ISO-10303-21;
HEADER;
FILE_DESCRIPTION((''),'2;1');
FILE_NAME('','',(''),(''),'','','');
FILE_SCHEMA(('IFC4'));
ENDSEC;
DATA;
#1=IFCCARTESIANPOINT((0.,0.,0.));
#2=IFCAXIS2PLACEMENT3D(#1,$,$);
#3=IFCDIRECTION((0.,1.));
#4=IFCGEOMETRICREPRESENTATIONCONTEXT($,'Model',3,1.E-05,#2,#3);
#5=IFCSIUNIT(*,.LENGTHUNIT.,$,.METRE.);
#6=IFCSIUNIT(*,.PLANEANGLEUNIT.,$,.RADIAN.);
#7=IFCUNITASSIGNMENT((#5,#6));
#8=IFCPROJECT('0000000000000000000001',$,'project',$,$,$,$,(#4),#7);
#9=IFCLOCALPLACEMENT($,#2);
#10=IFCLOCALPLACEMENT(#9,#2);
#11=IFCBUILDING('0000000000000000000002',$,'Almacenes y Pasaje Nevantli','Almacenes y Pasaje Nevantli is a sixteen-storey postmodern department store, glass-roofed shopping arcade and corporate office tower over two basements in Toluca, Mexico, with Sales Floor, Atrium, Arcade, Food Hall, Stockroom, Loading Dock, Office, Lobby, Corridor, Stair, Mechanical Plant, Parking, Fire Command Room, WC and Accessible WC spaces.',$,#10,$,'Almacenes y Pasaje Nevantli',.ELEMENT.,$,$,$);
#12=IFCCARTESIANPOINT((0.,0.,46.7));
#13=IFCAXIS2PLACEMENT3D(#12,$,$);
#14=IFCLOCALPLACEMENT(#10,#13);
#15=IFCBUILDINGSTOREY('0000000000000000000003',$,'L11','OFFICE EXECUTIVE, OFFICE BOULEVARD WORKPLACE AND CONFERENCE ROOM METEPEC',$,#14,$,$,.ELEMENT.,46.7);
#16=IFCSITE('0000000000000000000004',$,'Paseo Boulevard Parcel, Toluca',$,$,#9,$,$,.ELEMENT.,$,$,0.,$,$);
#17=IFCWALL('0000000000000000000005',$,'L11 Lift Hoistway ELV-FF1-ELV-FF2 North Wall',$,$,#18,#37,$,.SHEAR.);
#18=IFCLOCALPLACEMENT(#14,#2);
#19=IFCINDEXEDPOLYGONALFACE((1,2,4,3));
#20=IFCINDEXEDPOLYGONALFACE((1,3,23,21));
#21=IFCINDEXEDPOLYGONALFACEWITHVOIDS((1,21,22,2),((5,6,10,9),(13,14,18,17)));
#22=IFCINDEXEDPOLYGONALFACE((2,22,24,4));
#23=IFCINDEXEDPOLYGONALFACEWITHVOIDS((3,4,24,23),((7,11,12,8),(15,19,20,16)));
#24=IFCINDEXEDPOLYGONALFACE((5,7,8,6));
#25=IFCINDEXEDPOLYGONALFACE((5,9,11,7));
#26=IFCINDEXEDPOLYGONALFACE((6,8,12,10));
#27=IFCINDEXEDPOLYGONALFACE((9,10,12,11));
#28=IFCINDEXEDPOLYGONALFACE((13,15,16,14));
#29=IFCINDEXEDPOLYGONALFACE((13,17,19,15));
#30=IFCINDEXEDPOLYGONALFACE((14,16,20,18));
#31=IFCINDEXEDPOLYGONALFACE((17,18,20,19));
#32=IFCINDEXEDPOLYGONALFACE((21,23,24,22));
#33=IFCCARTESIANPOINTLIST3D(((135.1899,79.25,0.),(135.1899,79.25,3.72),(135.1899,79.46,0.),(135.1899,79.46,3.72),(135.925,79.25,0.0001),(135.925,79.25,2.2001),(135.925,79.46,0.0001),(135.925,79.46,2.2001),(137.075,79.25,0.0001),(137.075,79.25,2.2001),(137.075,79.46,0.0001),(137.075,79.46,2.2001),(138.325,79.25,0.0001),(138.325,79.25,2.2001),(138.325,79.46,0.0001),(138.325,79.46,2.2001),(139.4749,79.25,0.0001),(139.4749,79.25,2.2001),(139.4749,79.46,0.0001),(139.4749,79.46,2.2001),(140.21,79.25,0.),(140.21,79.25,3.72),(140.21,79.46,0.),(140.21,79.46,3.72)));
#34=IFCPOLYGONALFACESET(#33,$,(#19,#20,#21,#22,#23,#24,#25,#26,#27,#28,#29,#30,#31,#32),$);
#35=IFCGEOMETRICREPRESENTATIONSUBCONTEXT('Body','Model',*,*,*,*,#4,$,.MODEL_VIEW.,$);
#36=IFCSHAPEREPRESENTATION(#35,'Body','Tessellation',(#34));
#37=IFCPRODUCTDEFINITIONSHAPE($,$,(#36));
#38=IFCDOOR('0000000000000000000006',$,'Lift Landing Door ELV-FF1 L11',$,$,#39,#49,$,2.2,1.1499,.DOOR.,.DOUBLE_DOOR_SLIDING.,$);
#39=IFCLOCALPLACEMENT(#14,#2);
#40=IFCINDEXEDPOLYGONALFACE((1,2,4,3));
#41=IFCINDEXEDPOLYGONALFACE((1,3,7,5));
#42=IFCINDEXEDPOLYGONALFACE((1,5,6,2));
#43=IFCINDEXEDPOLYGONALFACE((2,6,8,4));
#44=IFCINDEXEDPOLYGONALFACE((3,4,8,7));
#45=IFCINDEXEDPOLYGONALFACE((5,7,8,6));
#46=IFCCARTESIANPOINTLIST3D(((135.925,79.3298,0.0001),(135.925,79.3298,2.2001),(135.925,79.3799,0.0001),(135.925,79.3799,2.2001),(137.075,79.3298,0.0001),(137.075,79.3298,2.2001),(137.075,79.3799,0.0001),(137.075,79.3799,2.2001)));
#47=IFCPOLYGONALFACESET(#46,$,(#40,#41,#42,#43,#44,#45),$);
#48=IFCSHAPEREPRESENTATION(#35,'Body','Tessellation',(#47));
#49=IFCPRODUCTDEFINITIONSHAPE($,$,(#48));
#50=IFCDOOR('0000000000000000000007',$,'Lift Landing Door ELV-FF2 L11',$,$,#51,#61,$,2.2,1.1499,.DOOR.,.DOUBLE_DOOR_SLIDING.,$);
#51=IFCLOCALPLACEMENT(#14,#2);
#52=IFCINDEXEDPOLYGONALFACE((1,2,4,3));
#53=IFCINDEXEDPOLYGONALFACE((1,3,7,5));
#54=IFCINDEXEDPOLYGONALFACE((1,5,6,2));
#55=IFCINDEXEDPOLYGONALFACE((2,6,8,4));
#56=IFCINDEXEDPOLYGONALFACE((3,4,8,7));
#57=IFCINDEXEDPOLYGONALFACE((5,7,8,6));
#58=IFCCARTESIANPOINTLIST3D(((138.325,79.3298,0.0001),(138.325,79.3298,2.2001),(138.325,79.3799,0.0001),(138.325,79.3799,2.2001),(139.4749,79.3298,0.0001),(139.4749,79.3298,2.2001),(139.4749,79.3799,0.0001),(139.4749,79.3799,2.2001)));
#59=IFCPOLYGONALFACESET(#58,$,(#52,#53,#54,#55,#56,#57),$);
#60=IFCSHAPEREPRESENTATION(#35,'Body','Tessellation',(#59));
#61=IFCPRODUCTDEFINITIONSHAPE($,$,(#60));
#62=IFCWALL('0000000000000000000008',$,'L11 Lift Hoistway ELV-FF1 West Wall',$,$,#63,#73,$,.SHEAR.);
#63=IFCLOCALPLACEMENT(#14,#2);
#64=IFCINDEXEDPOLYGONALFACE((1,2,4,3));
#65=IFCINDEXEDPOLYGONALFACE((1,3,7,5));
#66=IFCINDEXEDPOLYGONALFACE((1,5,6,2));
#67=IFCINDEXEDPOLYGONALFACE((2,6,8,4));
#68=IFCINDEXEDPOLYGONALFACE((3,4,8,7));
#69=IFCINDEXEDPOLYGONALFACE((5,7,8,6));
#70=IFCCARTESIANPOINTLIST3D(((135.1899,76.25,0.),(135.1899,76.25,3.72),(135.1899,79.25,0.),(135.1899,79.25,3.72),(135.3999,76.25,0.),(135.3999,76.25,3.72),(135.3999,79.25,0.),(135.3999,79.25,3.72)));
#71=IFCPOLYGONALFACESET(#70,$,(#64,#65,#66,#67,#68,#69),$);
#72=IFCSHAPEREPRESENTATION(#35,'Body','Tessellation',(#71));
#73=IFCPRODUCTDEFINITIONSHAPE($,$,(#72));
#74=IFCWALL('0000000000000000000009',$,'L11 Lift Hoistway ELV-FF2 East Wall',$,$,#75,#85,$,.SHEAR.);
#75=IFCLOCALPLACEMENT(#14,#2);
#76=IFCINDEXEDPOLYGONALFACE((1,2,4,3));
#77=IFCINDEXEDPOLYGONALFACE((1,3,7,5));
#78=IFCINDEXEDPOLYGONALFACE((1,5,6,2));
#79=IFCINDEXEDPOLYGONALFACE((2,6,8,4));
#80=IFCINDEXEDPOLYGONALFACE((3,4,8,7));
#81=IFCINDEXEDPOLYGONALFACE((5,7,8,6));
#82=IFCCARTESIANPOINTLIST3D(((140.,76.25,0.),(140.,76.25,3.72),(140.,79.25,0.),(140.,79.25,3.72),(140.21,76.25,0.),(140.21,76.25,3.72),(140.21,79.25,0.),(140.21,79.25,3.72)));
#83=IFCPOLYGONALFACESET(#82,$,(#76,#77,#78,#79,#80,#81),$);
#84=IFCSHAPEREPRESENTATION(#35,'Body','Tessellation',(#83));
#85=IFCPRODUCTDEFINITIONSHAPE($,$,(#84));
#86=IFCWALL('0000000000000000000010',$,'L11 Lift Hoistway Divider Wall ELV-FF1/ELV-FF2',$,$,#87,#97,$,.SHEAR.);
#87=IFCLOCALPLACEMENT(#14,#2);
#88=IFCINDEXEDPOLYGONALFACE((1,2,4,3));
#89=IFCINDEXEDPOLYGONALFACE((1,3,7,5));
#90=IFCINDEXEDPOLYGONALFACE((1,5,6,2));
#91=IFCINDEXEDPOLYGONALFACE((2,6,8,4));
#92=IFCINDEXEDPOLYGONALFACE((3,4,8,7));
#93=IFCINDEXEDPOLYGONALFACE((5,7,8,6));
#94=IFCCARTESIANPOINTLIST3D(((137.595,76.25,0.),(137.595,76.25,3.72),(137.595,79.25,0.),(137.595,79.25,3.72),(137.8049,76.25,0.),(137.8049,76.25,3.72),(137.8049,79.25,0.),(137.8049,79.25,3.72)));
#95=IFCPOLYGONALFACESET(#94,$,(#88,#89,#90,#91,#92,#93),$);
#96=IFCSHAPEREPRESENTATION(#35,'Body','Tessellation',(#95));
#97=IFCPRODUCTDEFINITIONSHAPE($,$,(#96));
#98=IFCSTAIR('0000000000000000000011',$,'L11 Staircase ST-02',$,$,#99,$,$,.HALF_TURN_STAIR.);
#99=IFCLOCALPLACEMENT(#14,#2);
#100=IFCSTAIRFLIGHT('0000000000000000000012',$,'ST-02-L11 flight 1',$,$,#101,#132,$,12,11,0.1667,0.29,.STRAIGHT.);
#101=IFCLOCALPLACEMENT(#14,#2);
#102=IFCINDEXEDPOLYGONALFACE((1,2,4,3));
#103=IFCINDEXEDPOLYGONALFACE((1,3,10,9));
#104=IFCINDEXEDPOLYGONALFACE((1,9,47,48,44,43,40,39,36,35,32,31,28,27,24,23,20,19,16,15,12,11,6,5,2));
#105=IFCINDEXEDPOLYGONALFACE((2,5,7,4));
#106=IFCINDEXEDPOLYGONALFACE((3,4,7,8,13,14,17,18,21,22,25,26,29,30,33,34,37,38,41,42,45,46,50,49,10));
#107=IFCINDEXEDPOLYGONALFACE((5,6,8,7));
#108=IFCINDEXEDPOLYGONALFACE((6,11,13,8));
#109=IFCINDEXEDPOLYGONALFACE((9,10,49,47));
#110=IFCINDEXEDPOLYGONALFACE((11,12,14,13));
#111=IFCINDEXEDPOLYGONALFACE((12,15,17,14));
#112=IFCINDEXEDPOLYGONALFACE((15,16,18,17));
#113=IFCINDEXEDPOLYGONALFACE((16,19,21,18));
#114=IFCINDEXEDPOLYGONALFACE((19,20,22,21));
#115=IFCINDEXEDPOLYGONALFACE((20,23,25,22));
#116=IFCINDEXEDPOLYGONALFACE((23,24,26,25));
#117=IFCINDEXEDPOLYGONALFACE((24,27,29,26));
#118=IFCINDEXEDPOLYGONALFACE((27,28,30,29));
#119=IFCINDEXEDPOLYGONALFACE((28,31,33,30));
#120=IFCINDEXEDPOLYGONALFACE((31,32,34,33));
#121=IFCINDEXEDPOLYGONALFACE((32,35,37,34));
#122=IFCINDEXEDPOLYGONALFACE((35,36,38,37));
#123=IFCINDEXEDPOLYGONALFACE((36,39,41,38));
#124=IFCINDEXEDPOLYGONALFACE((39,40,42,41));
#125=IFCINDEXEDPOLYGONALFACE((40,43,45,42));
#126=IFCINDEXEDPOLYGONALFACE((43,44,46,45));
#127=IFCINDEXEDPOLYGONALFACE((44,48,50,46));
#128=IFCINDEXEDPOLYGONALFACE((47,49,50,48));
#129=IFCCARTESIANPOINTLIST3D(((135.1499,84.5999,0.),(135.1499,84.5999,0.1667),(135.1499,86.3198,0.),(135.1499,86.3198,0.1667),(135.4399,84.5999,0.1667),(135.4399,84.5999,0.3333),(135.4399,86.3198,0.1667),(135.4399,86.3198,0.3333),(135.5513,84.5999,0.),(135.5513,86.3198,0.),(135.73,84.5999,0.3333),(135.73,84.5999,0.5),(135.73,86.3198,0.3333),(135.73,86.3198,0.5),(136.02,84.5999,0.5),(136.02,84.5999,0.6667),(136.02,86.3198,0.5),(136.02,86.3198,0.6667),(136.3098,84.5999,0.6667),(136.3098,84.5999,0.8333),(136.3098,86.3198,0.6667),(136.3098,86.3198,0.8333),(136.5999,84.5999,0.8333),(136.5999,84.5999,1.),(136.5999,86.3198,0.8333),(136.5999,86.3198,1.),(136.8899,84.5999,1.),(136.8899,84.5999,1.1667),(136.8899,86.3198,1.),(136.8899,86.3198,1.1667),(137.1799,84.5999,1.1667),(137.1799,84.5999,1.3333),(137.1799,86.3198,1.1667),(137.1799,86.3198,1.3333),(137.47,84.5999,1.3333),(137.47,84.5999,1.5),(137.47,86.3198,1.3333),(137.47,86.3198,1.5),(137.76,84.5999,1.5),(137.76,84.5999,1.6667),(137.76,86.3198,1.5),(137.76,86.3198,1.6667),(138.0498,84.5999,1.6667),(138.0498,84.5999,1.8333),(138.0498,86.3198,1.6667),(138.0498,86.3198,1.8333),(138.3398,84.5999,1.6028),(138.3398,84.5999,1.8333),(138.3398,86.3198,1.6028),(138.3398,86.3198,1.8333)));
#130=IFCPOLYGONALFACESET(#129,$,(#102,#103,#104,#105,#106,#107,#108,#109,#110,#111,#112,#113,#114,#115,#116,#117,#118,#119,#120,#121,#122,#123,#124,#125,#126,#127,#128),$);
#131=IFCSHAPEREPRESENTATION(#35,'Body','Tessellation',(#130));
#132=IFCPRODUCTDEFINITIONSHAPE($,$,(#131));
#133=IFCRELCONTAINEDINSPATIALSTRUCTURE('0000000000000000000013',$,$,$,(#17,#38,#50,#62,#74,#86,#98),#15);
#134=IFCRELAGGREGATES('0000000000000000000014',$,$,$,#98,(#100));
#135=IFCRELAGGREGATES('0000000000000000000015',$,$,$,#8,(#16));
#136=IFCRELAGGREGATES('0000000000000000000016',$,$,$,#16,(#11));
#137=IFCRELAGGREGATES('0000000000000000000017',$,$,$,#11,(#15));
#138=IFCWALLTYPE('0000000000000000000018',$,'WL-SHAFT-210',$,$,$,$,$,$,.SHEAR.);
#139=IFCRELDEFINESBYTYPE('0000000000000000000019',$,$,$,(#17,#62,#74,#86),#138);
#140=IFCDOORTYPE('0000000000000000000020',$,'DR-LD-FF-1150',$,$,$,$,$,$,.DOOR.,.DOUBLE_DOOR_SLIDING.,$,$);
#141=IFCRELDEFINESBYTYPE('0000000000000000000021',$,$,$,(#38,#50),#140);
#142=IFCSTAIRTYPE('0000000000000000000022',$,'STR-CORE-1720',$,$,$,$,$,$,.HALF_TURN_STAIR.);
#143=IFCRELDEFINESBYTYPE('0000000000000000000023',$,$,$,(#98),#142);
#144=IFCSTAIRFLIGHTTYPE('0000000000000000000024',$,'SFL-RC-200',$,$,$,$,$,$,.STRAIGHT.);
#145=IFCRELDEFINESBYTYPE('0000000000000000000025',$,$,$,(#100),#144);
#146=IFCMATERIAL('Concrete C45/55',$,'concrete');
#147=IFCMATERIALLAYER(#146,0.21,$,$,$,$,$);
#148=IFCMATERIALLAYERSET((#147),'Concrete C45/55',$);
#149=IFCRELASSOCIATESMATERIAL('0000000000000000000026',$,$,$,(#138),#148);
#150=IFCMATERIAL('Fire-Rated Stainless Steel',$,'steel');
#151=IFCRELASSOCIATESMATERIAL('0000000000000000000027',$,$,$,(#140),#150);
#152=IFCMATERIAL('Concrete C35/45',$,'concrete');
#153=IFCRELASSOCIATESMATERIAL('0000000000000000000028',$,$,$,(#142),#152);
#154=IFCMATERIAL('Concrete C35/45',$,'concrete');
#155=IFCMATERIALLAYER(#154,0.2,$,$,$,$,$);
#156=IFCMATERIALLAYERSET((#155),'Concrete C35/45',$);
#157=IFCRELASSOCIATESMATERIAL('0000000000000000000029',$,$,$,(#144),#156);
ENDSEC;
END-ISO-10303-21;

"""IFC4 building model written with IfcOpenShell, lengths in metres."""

from ifc_helpers import new_model, si_unit, direction, frame, frame_2d, origin, place, context, subcontext, project, spatial, polyline, rectangle, outline, extrude, material, layer, layer_set, type_object, element, fill, aggregate, save


model = new_model("IFC4")

# Units and contexts
model_context = context("Model", 3, precision=1e-05, world=origin(), true_north=direction((0.0, 1.0)))
body_context = subcontext(model_context, "Body", "Model", "MODEL_VIEW")
ifc_project = project(units=[si_unit("LENGTHUNIT", "METRE"), si_unit("PLANEANGLEUNIT", "RADIAN")], contexts=[model_context])

# Site, building, storey
site_placement = place(None, origin())
site = spatial("IfcSite", under=ifc_project, at=site_placement, Name="Paseo Boulevard Parcel, Toluca", CompositionType="ELEMENT", RefElevation=0.0)
building_placement = place(site_placement, origin())
building = spatial("IfcBuilding", under=site, at=building_placement, Name="Almacenes y Pasaje Nevantli", Description="Almacenes y Pasaje Nevantli is a sixteen-storey postmodern department store, glass-roofed shopping arcade and corporate office tower over two basements in Toluca, Mexico, with Sales Floor, Atrium, Arcade, Food Hall, Stockroom, Loading Dock, Office, Lobby, Corridor, Stair, Mechanical Plant, Parking, Fire Command Room, WC and Accessible WC spaces.", LongName="Almacenes y Pasaje Nevantli", CompositionType="ELEMENT")
storey_placement = place(building_placement, frame((0.0, 0.0, 46.7)))
storey = spatial("IfcBuildingStorey", under=building, at=storey_placement, Name="L11", Description="OFFICE EXECUTIVE, OFFICE BOULEVARD WORKPLACE AND CONFERENCE ROOM METEPEC", CompositionType="ELEMENT", Elevation=46.7)

# Shared definitions
ifc_material_1 = material(Name="Concrete C45/55", Category="concrete")
ifc_layer_1 = layer(ifc_material_1, 0.21)
ifc_layer_set_1 = layer_set([ifc_layer_1], Name="Concrete C45/55")
wall_type_1 = type_object("IfcWallType", Name="WL-SHAFT-210", PredefinedType="SHEAR", material=ifc_layer_set_1)

# Wall, openings, doors
wall_1_placement = place(storey_placement, frame((135.1899, 79.355, 0.0), z_axis=(0.0, 0.0, 1.0), x_axis=(1.0, 0.0, 0.0)))
wall_1 = element("IfcWall", 1, at=wall_1_placement, inside=storey, type_object=wall_type_1, Name="L11 Lift Hoistway ELV-FF1-ELV-FF2 North Wall", PredefinedType="SHEAR", context=body_context, shape_type="SweptSolid", body=[
    extrude(rectangle(XDim=5.02, YDim=0.21, at=frame_2d((2.51, 0.0))), origin(), (0.0, 0.0, 1.0), 3.72),
])
opening_1_placement = place(wall_1_placement, frame((0.7351, 0.0, 0.0)))
opening_1 = element("IfcOpeningElement", 2, at=opening_1_placement, cuts=wall_1, PredefinedType="OPENING", context=body_context, shape_type="SweptSolid", body=[
    extrude(rectangle(XDim=1.1499, YDim=2.2, at=frame_2d((0.575, 1.1001))), frame((0.0, 0.115, 0.0), z_axis=(0.0, -1.0, 0.0), x_axis=(1.0, 0.0, 0.0)), (0.0, 0.0, 1.0), 0.23),
])
opening_2_placement = place(wall_1_placement, frame((3.135, 0.0, 0.0)))
opening_2 = element("IfcOpeningElement", 3, at=opening_2_placement, cuts=wall_1, PredefinedType="OPENING", context=body_context, shape_type="SweptSolid", body=[
    extrude(rectangle(XDim=1.1499, YDim=2.2, at=frame_2d((0.575, 1.1001))), frame((0.0, 0.115, 0.0), z_axis=(0.0, -1.0, 0.0), x_axis=(1.0, 0.0, 0.0)), (0.0, 0.0, 1.0), 0.23),
])
ifc_material_2 = material(Name="Fire-Rated Stainless Steel", Category="steel")
door_type_1 = type_object("IfcDoorType", Name="DR-LD-FF-1150", OperationType="DOUBLE_DOOR_SLIDING", PredefinedType="DOOR", material=ifc_material_2)
door_1_placement = place(opening_1_placement, origin())
door_1 = element("IfcDoor", 4, at=door_1_placement, inside=storey, type_object=door_type_1, Name="Lift Landing Door ELV-FF1 L11", OperationType="DOUBLE_DOOR_SLIDING", OverallHeight=2.2, OverallWidth=1.1499, PredefinedType="DOOR", context=body_context, shape_type="SweptSolid", body=[
    extrude(rectangle(XDim=1.1499, YDim=2.2, at=frame_2d((0.575, 1.1001))), frame((0.0, 0.0249, 0.0), z_axis=(0.0, -1.0, 0.0), x_axis=(1.0, 0.0, 0.0)), (0.0, 0.0, 1.0), 0.05),
])
fill(opening_1, door_1)
door_2_placement = place(opening_2_placement, origin())
door_2 = element("IfcDoor", 5, at=door_2_placement, inside=storey, type_object=door_type_1, Name="Lift Landing Door ELV-FF2 L11", OperationType="DOUBLE_DOOR_SLIDING", OverallHeight=2.2, OverallWidth=1.1499, PredefinedType="DOOR", context=body_context, shape_type="SweptSolid", body=[
    extrude(rectangle(XDim=1.1499, YDim=2.2, at=frame_2d((0.575, 1.1001))), frame((0.0, 0.0249, 0.0), z_axis=(0.0, -1.0, 0.0), x_axis=(1.0, 0.0, 0.0)), (0.0, 0.0, 1.0), 0.05),
])
fill(opening_2, door_2)

# Walls
for number, where, z_axis, x_axis, name in (
    (6, (135.2949, 76.25, 0.0), (0.0, 0.0, 1.0), (0.0, 1.0, 0.0), "L11 Lift Hoistway ELV-FF1 West Wall"),
    (7, (140.105, 76.25, 0.0), (0.0, 0.0, 1.0), (0.0, 1.0, 0.0), "L11 Lift Hoistway ELV-FF2 East Wall"),
    (8, (137.7, 76.25, 0.0), (0.0, 0.0, 1.0), (0.0, 1.0, 0.0), "L11 Lift Hoistway Divider Wall ELV-FF1/ELV-FF2"),
):
    element("IfcWall", number, at=place(storey_placement, frame(where, z_axis=z_axis, x_axis=x_axis)), inside=storey, type_object=wall_type_1, Name=name, PredefinedType="SHEAR", context=body_context, shape_type="SweptSolid", body=[
        extrude(rectangle(XDim=3.0, YDim=0.21, at=frame_2d((1.5, 0.0))), origin(), (0.0, 0.0, 1.0), 3.72),
    ])

# Stair, stair flight
ifc_material_3 = material(Name="Concrete C35/45", Category="concrete")
stair_type = type_object("IfcStairType", Name="STR-CORE-1720", PredefinedType="HALF_TURN_STAIR", material=ifc_material_3)
stair_placement = place(storey_placement, origin())
stair = element("IfcStair", 9, at=stair_placement, inside=storey, type_object=stair_type, Name="L11 Staircase ST-02", PredefinedType="HALF_TURN_STAIR")
ifc_material_4 = material(Name="Concrete C35/45", Category="concrete")
ifc_layer_2 = layer(ifc_material_4, 0.2)
ifc_layer_set_2 = layer_set([ifc_layer_2], Name="Concrete C35/45")
stair_flight_type = type_object("IfcStairFlightType", Name="SFL-RC-200", PredefinedType="STRAIGHT", material=ifc_layer_set_2)
stair_flight_placement = place(storey_placement, frame((135.1499, 85.46, 0.0), z_axis=(0.0, 0.0, 1.0), x_axis=(1.0, 0.0, 0.0)))
stair_flight = element("IfcStairFlight", 10, at=stair_flight_placement, type_object=stair_flight_type, Name="ST-02-L11 flight 1", NumberOfRisers=12, NumberOfTreads=11, PredefinedType="STRAIGHT", RiserHeight=0.1667, TreadLength=0.29, context=body_context, shape_type="SweptSolid", body=[
    extrude(outline(polyline([(0.0, 0.0), (0.0, 0.1667), (0.29, 0.1667), (0.29, 0.3333), (0.5801, 0.3333), (0.5801, 0.5), (0.8701, 0.5), (0.8701, 0.6667), (1.1599, 0.6667), (1.1599, 0.8333), (1.45, 0.8333), (1.45, 1.0), (1.74, 1.0), (1.74, 1.1667), (2.03, 1.1667), (2.03, 1.3333), (2.3201, 1.3333), (2.3201, 1.5), (2.6101, 1.5), (2.6101, 1.6667), (2.8999, 1.6667), (2.8999, 1.8333), (3.1899, 1.8333), (3.1899, 2.0), (3.1899, 1.6028), (0.4014, 0.0), (0.0, 0.0)])), frame((0.0, 0.8599, 0.0), z_axis=(0.0, -1.0, 0.0), x_axis=(1.0, 0.0, 0.0)), (0.0, 0.0, 1.0), 1.72),
])
aggregate(stair, [stair_flight])

save(model, "model.ifc")
